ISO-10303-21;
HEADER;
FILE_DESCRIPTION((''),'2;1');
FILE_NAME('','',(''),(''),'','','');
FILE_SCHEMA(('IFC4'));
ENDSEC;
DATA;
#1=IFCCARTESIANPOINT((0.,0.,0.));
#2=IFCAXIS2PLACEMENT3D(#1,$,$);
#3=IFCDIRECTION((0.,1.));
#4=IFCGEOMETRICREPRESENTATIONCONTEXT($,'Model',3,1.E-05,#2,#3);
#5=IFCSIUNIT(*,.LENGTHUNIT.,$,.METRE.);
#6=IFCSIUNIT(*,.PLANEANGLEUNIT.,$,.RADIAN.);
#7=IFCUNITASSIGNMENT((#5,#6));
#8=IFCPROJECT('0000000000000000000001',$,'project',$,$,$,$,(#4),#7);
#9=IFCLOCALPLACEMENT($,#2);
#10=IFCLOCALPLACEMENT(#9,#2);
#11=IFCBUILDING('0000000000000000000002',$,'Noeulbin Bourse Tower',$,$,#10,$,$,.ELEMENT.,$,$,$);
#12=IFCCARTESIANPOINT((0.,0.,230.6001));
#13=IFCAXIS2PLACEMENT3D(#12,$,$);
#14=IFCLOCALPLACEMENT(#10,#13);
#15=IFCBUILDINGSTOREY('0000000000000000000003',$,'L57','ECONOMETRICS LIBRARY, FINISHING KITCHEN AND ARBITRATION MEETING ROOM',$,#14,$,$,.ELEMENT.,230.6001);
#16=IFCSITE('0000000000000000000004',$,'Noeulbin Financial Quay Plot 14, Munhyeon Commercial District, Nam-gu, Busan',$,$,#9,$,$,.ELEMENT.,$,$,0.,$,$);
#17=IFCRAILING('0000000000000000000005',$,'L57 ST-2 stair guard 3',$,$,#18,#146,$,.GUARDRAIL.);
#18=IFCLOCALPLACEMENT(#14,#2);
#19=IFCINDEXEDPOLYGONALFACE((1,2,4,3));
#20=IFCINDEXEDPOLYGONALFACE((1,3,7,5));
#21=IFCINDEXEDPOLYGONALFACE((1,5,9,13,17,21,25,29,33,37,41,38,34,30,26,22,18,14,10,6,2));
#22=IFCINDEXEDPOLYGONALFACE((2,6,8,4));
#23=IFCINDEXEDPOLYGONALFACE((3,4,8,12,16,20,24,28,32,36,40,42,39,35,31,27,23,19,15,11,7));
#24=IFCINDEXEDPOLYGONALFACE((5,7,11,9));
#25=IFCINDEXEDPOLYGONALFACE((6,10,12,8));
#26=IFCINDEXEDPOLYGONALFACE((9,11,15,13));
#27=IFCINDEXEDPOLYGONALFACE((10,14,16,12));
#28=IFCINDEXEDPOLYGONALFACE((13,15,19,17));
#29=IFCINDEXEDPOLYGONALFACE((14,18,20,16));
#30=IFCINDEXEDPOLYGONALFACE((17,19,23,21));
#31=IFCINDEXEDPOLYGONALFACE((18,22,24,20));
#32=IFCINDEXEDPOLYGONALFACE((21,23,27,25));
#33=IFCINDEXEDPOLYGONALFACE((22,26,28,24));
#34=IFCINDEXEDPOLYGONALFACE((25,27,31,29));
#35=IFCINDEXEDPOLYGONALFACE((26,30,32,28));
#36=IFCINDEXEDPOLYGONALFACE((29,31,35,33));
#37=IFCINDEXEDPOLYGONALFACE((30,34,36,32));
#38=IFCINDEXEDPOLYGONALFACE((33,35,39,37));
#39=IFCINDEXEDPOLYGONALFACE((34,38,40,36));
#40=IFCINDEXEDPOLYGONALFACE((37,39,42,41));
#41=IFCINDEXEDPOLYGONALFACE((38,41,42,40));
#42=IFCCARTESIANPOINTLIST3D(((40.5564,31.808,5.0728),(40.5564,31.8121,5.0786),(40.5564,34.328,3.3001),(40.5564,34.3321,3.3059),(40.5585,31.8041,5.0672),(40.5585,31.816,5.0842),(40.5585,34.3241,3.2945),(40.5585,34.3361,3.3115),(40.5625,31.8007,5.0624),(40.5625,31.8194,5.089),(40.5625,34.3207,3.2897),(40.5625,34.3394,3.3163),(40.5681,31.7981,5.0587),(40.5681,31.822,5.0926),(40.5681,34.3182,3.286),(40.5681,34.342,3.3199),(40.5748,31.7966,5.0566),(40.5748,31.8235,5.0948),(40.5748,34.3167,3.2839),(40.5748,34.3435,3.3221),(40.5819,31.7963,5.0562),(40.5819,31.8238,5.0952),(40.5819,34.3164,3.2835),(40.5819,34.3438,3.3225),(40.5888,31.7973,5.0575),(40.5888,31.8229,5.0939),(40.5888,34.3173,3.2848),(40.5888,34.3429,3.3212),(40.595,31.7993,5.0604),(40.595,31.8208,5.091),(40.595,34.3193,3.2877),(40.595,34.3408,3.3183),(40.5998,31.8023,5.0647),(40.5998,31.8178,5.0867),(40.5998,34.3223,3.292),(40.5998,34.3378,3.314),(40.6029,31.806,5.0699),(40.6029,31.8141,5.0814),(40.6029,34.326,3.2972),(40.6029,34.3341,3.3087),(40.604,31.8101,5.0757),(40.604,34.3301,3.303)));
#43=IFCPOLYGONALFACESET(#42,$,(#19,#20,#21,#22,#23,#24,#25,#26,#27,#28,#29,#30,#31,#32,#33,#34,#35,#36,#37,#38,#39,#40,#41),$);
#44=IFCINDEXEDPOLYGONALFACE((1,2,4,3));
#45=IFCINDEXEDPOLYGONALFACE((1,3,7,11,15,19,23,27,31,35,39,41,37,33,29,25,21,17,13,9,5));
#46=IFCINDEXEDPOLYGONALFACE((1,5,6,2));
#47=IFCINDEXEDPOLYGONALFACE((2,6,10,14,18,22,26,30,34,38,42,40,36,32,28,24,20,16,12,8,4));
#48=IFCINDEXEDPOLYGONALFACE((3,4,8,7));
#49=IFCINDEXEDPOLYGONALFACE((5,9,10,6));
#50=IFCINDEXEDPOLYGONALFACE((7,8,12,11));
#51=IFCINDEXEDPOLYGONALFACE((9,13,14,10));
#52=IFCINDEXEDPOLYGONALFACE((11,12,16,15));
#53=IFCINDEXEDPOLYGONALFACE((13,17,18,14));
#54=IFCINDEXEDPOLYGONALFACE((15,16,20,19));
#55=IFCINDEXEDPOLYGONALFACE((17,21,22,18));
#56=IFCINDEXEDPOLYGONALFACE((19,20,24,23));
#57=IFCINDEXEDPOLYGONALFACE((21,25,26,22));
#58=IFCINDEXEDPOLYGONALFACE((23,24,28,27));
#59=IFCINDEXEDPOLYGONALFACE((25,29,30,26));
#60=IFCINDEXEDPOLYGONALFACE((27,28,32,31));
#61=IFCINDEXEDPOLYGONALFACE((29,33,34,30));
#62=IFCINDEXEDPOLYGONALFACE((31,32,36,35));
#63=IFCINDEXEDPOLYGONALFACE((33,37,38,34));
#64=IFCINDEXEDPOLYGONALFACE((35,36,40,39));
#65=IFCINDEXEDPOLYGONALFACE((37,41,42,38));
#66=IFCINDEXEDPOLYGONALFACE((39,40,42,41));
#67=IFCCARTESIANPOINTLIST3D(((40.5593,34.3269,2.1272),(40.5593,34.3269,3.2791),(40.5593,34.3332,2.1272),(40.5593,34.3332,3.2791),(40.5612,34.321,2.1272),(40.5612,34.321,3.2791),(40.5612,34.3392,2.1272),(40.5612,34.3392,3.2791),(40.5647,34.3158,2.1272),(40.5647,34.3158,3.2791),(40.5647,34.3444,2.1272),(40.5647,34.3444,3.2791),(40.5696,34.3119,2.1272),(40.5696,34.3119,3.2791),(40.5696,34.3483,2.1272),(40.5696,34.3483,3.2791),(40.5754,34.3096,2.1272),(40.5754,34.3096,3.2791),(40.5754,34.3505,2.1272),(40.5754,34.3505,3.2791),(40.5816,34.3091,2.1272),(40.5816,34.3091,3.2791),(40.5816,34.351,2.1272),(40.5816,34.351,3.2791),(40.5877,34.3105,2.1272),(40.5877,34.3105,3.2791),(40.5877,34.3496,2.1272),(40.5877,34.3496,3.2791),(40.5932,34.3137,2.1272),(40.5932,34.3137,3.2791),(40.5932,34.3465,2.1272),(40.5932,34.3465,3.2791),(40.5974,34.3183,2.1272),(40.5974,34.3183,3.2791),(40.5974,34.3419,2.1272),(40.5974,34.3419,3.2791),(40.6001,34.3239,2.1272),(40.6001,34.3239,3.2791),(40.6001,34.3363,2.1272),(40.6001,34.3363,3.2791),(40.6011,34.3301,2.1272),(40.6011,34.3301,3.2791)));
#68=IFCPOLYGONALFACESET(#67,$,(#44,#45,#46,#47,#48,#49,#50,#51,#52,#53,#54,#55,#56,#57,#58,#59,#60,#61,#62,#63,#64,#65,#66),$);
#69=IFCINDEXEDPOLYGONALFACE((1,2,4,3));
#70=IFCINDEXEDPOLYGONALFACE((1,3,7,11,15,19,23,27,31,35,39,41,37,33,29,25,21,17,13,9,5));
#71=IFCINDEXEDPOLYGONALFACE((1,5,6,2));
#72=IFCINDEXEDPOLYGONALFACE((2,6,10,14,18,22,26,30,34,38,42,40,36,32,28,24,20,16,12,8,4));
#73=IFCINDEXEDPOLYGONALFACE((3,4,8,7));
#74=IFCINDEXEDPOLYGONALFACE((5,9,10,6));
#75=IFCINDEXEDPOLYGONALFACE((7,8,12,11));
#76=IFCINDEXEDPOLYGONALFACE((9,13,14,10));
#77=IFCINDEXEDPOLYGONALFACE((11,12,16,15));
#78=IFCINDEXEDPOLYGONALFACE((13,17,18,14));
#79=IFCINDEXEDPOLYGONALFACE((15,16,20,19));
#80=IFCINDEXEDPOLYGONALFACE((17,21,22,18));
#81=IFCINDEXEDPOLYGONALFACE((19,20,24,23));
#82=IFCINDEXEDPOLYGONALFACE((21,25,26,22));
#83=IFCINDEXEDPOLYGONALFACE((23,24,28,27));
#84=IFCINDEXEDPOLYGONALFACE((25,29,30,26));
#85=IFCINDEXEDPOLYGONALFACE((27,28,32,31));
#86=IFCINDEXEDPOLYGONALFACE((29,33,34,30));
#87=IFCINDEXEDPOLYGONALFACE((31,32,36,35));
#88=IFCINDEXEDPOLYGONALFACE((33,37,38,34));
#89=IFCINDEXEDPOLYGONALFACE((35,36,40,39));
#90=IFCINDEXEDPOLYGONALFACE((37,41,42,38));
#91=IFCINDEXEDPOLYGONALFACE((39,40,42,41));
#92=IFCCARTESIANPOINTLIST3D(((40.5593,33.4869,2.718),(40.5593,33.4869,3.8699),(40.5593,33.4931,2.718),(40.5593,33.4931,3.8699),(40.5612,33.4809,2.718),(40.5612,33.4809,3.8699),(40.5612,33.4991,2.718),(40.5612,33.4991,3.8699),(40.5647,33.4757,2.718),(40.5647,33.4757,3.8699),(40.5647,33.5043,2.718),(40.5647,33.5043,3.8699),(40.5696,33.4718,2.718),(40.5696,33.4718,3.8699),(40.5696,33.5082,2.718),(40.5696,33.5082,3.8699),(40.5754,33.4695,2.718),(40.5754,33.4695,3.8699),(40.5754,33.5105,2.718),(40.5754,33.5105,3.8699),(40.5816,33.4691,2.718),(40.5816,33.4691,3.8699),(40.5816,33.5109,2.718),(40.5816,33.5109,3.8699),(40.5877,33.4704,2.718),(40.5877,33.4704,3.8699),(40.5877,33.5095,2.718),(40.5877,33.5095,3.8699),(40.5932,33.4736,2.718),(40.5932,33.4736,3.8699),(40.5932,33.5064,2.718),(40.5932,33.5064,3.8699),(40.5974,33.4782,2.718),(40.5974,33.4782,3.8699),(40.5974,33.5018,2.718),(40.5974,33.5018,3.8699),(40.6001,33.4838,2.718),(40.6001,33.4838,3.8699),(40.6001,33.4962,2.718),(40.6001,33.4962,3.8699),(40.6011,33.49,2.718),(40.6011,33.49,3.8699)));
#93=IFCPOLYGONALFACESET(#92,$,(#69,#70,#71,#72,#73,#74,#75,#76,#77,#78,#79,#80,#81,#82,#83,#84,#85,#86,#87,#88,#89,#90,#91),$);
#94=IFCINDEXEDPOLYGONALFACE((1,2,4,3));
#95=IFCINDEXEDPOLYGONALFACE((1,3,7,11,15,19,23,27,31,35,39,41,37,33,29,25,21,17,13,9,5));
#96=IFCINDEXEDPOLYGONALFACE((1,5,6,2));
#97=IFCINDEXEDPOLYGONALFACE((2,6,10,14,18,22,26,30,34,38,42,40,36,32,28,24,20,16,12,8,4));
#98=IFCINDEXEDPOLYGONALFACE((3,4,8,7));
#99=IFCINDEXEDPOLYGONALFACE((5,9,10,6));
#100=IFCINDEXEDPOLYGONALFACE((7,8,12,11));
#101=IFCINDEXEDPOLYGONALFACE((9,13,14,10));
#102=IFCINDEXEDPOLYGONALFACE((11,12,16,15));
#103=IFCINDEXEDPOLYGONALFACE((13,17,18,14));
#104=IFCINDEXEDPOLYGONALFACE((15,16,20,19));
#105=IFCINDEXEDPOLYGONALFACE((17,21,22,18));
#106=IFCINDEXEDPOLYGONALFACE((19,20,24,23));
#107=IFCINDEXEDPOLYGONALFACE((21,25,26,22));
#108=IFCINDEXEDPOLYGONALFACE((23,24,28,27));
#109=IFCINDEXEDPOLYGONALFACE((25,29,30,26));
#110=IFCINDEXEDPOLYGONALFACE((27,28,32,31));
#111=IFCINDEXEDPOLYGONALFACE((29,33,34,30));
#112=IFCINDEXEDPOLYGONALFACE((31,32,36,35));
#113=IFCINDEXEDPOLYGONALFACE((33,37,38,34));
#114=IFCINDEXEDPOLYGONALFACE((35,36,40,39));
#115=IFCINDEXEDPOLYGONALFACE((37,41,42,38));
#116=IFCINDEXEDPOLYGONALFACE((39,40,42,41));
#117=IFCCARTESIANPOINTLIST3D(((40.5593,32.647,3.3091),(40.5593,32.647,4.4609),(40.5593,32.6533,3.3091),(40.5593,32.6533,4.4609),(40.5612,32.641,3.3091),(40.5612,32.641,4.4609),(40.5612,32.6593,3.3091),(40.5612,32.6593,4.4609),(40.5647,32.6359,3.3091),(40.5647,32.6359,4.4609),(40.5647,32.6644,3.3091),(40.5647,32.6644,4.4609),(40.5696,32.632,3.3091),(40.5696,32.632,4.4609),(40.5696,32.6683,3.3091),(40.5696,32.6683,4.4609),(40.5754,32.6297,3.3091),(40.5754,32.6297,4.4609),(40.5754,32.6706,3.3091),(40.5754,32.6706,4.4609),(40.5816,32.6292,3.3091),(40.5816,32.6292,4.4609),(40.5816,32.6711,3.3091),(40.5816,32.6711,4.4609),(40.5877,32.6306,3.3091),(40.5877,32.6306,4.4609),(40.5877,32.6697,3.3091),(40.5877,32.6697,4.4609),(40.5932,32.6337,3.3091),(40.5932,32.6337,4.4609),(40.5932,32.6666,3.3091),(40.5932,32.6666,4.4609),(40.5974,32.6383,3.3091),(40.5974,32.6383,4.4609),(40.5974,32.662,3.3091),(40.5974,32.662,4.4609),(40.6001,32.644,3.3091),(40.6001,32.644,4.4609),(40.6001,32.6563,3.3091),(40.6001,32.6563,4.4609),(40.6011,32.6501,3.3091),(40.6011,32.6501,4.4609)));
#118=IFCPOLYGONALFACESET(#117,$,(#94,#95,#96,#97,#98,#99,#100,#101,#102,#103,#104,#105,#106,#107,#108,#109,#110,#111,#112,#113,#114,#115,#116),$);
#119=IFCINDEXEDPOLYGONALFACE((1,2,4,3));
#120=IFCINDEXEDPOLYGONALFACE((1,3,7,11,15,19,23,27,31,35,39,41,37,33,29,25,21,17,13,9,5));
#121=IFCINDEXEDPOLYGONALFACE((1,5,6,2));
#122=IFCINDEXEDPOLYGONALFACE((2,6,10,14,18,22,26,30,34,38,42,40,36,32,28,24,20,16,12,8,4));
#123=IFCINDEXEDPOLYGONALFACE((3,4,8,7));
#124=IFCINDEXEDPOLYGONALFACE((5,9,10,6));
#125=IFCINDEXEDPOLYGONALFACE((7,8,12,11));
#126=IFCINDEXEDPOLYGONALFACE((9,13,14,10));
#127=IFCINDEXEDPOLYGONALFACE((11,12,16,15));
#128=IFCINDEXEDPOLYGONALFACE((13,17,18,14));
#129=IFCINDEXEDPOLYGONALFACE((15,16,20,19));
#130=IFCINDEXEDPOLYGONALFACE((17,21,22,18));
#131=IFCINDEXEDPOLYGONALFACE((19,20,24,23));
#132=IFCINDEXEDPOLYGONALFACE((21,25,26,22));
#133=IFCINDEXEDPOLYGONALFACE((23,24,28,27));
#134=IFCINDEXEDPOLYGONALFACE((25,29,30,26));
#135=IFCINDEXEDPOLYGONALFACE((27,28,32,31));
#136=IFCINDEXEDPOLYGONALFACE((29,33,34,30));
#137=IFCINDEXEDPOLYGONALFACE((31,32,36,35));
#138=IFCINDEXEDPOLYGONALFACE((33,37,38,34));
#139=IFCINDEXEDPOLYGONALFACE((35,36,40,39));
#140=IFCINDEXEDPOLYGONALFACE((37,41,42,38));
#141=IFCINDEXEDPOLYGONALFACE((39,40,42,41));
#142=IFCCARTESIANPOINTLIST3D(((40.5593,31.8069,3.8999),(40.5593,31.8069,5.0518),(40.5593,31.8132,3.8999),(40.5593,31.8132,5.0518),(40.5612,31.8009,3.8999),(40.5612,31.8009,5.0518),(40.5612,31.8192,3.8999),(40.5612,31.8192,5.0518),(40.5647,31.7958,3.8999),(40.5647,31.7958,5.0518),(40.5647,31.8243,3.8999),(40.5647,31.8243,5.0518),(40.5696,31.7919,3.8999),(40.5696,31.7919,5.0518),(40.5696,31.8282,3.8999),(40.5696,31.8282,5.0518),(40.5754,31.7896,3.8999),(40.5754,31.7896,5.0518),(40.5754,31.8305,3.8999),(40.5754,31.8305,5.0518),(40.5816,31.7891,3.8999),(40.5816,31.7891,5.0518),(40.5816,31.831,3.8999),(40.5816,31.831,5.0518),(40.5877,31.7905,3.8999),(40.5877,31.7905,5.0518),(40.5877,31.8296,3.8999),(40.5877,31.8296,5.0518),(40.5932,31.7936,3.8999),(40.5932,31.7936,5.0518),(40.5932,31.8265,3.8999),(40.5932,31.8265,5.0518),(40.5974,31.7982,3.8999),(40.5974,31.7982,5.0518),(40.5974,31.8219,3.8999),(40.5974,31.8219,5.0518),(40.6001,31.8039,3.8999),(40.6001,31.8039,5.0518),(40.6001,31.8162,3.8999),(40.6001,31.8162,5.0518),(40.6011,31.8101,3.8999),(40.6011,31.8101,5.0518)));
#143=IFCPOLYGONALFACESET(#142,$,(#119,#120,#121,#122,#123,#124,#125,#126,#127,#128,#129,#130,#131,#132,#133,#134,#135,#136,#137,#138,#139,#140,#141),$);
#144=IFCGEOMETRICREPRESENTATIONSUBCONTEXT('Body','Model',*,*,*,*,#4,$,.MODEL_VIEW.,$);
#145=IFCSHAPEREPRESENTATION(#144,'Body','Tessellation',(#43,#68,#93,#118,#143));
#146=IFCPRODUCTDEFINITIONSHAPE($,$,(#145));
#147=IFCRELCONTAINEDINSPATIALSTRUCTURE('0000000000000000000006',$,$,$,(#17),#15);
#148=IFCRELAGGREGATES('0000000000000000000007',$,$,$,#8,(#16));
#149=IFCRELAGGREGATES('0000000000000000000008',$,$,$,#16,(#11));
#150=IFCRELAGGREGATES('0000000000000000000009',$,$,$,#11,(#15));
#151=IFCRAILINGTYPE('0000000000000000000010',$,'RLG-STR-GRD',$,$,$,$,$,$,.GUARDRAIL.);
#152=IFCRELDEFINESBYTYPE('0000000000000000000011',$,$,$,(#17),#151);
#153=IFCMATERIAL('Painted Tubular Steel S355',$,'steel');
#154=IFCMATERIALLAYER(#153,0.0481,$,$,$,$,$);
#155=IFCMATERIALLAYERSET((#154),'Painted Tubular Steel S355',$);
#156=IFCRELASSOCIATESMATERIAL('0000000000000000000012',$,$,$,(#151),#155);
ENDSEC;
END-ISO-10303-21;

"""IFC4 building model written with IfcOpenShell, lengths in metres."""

from ifc_helpers import new_model, si_unit, direction, frame, origin, origin_2d, place, context, subcontext, project, spatial, circle, extrude, material, layer, layer_set, type_object, element, save


model = new_model("IFC4")

# Units and contexts
model_context = context("Model", 3, precision=1e-05, world=origin(), true_north=direction((0.0, 1.0)))
body_context = subcontext(model_context, "Body", "Model", "MODEL_VIEW")
ifc_project = project(units=[si_unit("LENGTHUNIT", "METRE"), si_unit("PLANEANGLEUNIT", "RADIAN")], contexts=[model_context])

# Site, building, storey
site_placement = place(None, origin())
site = spatial("IfcSite", under=ifc_project, at=site_placement, Name="Noeulbin Financial Quay Plot 14, Munhyeon Commercial District, Nam-gu, Busan", CompositionType="ELEMENT", RefElevation=0.0)
building_placement = place(site_placement, origin())
building = spatial("IfcBuilding", under=site, at=building_placement, Name="Noeulbin Bourse Tower", CompositionType="ELEMENT")
storey_placement = place(building_placement, frame((0.0, 0.0, 230.6001)))
storey = spatial("IfcBuildingStorey", under=building, at=storey_placement, Name="L57", Description="ECONOMETRICS LIBRARY, FINISHING KITCHEN AND ARBITRATION MEETING ROOM", CompositionType="ELEMENT", Elevation=230.6001)

# Railing
ifc_material_1 = material(Name="Painted Tubular Steel S355", Category="steel")
ifc_layer_1 = layer(ifc_material_1, 0.0481)
ifc_layer_set_1 = layer_set([ifc_layer_1], Name="Painted Tubular Steel S355")
railing_type_1 = type_object("IfcRailingType", Name="RLG-STR-GRD", PredefinedType="GUARDRAIL", material=ifc_layer_set_1)
railing_1_placement = place(storey_placement, frame((40.5801, 34.3301, 2.1272)))
element("IfcRailing", 1, at=railing_1_placement, inside=storey, type_object=railing_type_1, Name="L57 ST-2 stair guard 3", PredefinedType="GUARDRAIL", context=body_context, shape_type="SweptSolid", body=[
    extrude(circle(Radius=0.0239, at=origin_2d()), frame((0.0, 0.0, 1.1758), z_axis=(0.0, -0.817904, 0.575354), x_axis=(1.0, 0.0, 0.0)), (0.0, 0.0, 1.0), 3.0811),
    extrude(circle(Radius=0.021, at=origin_2d()), origin(), (0.0, 0.0, 1.0), 1.1519),
    extrude(circle(Radius=0.021, at=origin_2d()), frame((0.0, -0.8401, 0.5908)), (0.0, 0.0, 1.0), 1.1519),
    extrude(circle(Radius=0.021, at=origin_2d()), frame((0.0, -1.6799, 1.1819)), (0.0, 0.0, 1.0), 1.1519),
    extrude(circle(Radius=0.021, at=origin_2d()), frame((0.0, -2.52, 1.7727)), (0.0, 0.0, 1.0), 1.1519),
])

save(model, "model.ifc")
